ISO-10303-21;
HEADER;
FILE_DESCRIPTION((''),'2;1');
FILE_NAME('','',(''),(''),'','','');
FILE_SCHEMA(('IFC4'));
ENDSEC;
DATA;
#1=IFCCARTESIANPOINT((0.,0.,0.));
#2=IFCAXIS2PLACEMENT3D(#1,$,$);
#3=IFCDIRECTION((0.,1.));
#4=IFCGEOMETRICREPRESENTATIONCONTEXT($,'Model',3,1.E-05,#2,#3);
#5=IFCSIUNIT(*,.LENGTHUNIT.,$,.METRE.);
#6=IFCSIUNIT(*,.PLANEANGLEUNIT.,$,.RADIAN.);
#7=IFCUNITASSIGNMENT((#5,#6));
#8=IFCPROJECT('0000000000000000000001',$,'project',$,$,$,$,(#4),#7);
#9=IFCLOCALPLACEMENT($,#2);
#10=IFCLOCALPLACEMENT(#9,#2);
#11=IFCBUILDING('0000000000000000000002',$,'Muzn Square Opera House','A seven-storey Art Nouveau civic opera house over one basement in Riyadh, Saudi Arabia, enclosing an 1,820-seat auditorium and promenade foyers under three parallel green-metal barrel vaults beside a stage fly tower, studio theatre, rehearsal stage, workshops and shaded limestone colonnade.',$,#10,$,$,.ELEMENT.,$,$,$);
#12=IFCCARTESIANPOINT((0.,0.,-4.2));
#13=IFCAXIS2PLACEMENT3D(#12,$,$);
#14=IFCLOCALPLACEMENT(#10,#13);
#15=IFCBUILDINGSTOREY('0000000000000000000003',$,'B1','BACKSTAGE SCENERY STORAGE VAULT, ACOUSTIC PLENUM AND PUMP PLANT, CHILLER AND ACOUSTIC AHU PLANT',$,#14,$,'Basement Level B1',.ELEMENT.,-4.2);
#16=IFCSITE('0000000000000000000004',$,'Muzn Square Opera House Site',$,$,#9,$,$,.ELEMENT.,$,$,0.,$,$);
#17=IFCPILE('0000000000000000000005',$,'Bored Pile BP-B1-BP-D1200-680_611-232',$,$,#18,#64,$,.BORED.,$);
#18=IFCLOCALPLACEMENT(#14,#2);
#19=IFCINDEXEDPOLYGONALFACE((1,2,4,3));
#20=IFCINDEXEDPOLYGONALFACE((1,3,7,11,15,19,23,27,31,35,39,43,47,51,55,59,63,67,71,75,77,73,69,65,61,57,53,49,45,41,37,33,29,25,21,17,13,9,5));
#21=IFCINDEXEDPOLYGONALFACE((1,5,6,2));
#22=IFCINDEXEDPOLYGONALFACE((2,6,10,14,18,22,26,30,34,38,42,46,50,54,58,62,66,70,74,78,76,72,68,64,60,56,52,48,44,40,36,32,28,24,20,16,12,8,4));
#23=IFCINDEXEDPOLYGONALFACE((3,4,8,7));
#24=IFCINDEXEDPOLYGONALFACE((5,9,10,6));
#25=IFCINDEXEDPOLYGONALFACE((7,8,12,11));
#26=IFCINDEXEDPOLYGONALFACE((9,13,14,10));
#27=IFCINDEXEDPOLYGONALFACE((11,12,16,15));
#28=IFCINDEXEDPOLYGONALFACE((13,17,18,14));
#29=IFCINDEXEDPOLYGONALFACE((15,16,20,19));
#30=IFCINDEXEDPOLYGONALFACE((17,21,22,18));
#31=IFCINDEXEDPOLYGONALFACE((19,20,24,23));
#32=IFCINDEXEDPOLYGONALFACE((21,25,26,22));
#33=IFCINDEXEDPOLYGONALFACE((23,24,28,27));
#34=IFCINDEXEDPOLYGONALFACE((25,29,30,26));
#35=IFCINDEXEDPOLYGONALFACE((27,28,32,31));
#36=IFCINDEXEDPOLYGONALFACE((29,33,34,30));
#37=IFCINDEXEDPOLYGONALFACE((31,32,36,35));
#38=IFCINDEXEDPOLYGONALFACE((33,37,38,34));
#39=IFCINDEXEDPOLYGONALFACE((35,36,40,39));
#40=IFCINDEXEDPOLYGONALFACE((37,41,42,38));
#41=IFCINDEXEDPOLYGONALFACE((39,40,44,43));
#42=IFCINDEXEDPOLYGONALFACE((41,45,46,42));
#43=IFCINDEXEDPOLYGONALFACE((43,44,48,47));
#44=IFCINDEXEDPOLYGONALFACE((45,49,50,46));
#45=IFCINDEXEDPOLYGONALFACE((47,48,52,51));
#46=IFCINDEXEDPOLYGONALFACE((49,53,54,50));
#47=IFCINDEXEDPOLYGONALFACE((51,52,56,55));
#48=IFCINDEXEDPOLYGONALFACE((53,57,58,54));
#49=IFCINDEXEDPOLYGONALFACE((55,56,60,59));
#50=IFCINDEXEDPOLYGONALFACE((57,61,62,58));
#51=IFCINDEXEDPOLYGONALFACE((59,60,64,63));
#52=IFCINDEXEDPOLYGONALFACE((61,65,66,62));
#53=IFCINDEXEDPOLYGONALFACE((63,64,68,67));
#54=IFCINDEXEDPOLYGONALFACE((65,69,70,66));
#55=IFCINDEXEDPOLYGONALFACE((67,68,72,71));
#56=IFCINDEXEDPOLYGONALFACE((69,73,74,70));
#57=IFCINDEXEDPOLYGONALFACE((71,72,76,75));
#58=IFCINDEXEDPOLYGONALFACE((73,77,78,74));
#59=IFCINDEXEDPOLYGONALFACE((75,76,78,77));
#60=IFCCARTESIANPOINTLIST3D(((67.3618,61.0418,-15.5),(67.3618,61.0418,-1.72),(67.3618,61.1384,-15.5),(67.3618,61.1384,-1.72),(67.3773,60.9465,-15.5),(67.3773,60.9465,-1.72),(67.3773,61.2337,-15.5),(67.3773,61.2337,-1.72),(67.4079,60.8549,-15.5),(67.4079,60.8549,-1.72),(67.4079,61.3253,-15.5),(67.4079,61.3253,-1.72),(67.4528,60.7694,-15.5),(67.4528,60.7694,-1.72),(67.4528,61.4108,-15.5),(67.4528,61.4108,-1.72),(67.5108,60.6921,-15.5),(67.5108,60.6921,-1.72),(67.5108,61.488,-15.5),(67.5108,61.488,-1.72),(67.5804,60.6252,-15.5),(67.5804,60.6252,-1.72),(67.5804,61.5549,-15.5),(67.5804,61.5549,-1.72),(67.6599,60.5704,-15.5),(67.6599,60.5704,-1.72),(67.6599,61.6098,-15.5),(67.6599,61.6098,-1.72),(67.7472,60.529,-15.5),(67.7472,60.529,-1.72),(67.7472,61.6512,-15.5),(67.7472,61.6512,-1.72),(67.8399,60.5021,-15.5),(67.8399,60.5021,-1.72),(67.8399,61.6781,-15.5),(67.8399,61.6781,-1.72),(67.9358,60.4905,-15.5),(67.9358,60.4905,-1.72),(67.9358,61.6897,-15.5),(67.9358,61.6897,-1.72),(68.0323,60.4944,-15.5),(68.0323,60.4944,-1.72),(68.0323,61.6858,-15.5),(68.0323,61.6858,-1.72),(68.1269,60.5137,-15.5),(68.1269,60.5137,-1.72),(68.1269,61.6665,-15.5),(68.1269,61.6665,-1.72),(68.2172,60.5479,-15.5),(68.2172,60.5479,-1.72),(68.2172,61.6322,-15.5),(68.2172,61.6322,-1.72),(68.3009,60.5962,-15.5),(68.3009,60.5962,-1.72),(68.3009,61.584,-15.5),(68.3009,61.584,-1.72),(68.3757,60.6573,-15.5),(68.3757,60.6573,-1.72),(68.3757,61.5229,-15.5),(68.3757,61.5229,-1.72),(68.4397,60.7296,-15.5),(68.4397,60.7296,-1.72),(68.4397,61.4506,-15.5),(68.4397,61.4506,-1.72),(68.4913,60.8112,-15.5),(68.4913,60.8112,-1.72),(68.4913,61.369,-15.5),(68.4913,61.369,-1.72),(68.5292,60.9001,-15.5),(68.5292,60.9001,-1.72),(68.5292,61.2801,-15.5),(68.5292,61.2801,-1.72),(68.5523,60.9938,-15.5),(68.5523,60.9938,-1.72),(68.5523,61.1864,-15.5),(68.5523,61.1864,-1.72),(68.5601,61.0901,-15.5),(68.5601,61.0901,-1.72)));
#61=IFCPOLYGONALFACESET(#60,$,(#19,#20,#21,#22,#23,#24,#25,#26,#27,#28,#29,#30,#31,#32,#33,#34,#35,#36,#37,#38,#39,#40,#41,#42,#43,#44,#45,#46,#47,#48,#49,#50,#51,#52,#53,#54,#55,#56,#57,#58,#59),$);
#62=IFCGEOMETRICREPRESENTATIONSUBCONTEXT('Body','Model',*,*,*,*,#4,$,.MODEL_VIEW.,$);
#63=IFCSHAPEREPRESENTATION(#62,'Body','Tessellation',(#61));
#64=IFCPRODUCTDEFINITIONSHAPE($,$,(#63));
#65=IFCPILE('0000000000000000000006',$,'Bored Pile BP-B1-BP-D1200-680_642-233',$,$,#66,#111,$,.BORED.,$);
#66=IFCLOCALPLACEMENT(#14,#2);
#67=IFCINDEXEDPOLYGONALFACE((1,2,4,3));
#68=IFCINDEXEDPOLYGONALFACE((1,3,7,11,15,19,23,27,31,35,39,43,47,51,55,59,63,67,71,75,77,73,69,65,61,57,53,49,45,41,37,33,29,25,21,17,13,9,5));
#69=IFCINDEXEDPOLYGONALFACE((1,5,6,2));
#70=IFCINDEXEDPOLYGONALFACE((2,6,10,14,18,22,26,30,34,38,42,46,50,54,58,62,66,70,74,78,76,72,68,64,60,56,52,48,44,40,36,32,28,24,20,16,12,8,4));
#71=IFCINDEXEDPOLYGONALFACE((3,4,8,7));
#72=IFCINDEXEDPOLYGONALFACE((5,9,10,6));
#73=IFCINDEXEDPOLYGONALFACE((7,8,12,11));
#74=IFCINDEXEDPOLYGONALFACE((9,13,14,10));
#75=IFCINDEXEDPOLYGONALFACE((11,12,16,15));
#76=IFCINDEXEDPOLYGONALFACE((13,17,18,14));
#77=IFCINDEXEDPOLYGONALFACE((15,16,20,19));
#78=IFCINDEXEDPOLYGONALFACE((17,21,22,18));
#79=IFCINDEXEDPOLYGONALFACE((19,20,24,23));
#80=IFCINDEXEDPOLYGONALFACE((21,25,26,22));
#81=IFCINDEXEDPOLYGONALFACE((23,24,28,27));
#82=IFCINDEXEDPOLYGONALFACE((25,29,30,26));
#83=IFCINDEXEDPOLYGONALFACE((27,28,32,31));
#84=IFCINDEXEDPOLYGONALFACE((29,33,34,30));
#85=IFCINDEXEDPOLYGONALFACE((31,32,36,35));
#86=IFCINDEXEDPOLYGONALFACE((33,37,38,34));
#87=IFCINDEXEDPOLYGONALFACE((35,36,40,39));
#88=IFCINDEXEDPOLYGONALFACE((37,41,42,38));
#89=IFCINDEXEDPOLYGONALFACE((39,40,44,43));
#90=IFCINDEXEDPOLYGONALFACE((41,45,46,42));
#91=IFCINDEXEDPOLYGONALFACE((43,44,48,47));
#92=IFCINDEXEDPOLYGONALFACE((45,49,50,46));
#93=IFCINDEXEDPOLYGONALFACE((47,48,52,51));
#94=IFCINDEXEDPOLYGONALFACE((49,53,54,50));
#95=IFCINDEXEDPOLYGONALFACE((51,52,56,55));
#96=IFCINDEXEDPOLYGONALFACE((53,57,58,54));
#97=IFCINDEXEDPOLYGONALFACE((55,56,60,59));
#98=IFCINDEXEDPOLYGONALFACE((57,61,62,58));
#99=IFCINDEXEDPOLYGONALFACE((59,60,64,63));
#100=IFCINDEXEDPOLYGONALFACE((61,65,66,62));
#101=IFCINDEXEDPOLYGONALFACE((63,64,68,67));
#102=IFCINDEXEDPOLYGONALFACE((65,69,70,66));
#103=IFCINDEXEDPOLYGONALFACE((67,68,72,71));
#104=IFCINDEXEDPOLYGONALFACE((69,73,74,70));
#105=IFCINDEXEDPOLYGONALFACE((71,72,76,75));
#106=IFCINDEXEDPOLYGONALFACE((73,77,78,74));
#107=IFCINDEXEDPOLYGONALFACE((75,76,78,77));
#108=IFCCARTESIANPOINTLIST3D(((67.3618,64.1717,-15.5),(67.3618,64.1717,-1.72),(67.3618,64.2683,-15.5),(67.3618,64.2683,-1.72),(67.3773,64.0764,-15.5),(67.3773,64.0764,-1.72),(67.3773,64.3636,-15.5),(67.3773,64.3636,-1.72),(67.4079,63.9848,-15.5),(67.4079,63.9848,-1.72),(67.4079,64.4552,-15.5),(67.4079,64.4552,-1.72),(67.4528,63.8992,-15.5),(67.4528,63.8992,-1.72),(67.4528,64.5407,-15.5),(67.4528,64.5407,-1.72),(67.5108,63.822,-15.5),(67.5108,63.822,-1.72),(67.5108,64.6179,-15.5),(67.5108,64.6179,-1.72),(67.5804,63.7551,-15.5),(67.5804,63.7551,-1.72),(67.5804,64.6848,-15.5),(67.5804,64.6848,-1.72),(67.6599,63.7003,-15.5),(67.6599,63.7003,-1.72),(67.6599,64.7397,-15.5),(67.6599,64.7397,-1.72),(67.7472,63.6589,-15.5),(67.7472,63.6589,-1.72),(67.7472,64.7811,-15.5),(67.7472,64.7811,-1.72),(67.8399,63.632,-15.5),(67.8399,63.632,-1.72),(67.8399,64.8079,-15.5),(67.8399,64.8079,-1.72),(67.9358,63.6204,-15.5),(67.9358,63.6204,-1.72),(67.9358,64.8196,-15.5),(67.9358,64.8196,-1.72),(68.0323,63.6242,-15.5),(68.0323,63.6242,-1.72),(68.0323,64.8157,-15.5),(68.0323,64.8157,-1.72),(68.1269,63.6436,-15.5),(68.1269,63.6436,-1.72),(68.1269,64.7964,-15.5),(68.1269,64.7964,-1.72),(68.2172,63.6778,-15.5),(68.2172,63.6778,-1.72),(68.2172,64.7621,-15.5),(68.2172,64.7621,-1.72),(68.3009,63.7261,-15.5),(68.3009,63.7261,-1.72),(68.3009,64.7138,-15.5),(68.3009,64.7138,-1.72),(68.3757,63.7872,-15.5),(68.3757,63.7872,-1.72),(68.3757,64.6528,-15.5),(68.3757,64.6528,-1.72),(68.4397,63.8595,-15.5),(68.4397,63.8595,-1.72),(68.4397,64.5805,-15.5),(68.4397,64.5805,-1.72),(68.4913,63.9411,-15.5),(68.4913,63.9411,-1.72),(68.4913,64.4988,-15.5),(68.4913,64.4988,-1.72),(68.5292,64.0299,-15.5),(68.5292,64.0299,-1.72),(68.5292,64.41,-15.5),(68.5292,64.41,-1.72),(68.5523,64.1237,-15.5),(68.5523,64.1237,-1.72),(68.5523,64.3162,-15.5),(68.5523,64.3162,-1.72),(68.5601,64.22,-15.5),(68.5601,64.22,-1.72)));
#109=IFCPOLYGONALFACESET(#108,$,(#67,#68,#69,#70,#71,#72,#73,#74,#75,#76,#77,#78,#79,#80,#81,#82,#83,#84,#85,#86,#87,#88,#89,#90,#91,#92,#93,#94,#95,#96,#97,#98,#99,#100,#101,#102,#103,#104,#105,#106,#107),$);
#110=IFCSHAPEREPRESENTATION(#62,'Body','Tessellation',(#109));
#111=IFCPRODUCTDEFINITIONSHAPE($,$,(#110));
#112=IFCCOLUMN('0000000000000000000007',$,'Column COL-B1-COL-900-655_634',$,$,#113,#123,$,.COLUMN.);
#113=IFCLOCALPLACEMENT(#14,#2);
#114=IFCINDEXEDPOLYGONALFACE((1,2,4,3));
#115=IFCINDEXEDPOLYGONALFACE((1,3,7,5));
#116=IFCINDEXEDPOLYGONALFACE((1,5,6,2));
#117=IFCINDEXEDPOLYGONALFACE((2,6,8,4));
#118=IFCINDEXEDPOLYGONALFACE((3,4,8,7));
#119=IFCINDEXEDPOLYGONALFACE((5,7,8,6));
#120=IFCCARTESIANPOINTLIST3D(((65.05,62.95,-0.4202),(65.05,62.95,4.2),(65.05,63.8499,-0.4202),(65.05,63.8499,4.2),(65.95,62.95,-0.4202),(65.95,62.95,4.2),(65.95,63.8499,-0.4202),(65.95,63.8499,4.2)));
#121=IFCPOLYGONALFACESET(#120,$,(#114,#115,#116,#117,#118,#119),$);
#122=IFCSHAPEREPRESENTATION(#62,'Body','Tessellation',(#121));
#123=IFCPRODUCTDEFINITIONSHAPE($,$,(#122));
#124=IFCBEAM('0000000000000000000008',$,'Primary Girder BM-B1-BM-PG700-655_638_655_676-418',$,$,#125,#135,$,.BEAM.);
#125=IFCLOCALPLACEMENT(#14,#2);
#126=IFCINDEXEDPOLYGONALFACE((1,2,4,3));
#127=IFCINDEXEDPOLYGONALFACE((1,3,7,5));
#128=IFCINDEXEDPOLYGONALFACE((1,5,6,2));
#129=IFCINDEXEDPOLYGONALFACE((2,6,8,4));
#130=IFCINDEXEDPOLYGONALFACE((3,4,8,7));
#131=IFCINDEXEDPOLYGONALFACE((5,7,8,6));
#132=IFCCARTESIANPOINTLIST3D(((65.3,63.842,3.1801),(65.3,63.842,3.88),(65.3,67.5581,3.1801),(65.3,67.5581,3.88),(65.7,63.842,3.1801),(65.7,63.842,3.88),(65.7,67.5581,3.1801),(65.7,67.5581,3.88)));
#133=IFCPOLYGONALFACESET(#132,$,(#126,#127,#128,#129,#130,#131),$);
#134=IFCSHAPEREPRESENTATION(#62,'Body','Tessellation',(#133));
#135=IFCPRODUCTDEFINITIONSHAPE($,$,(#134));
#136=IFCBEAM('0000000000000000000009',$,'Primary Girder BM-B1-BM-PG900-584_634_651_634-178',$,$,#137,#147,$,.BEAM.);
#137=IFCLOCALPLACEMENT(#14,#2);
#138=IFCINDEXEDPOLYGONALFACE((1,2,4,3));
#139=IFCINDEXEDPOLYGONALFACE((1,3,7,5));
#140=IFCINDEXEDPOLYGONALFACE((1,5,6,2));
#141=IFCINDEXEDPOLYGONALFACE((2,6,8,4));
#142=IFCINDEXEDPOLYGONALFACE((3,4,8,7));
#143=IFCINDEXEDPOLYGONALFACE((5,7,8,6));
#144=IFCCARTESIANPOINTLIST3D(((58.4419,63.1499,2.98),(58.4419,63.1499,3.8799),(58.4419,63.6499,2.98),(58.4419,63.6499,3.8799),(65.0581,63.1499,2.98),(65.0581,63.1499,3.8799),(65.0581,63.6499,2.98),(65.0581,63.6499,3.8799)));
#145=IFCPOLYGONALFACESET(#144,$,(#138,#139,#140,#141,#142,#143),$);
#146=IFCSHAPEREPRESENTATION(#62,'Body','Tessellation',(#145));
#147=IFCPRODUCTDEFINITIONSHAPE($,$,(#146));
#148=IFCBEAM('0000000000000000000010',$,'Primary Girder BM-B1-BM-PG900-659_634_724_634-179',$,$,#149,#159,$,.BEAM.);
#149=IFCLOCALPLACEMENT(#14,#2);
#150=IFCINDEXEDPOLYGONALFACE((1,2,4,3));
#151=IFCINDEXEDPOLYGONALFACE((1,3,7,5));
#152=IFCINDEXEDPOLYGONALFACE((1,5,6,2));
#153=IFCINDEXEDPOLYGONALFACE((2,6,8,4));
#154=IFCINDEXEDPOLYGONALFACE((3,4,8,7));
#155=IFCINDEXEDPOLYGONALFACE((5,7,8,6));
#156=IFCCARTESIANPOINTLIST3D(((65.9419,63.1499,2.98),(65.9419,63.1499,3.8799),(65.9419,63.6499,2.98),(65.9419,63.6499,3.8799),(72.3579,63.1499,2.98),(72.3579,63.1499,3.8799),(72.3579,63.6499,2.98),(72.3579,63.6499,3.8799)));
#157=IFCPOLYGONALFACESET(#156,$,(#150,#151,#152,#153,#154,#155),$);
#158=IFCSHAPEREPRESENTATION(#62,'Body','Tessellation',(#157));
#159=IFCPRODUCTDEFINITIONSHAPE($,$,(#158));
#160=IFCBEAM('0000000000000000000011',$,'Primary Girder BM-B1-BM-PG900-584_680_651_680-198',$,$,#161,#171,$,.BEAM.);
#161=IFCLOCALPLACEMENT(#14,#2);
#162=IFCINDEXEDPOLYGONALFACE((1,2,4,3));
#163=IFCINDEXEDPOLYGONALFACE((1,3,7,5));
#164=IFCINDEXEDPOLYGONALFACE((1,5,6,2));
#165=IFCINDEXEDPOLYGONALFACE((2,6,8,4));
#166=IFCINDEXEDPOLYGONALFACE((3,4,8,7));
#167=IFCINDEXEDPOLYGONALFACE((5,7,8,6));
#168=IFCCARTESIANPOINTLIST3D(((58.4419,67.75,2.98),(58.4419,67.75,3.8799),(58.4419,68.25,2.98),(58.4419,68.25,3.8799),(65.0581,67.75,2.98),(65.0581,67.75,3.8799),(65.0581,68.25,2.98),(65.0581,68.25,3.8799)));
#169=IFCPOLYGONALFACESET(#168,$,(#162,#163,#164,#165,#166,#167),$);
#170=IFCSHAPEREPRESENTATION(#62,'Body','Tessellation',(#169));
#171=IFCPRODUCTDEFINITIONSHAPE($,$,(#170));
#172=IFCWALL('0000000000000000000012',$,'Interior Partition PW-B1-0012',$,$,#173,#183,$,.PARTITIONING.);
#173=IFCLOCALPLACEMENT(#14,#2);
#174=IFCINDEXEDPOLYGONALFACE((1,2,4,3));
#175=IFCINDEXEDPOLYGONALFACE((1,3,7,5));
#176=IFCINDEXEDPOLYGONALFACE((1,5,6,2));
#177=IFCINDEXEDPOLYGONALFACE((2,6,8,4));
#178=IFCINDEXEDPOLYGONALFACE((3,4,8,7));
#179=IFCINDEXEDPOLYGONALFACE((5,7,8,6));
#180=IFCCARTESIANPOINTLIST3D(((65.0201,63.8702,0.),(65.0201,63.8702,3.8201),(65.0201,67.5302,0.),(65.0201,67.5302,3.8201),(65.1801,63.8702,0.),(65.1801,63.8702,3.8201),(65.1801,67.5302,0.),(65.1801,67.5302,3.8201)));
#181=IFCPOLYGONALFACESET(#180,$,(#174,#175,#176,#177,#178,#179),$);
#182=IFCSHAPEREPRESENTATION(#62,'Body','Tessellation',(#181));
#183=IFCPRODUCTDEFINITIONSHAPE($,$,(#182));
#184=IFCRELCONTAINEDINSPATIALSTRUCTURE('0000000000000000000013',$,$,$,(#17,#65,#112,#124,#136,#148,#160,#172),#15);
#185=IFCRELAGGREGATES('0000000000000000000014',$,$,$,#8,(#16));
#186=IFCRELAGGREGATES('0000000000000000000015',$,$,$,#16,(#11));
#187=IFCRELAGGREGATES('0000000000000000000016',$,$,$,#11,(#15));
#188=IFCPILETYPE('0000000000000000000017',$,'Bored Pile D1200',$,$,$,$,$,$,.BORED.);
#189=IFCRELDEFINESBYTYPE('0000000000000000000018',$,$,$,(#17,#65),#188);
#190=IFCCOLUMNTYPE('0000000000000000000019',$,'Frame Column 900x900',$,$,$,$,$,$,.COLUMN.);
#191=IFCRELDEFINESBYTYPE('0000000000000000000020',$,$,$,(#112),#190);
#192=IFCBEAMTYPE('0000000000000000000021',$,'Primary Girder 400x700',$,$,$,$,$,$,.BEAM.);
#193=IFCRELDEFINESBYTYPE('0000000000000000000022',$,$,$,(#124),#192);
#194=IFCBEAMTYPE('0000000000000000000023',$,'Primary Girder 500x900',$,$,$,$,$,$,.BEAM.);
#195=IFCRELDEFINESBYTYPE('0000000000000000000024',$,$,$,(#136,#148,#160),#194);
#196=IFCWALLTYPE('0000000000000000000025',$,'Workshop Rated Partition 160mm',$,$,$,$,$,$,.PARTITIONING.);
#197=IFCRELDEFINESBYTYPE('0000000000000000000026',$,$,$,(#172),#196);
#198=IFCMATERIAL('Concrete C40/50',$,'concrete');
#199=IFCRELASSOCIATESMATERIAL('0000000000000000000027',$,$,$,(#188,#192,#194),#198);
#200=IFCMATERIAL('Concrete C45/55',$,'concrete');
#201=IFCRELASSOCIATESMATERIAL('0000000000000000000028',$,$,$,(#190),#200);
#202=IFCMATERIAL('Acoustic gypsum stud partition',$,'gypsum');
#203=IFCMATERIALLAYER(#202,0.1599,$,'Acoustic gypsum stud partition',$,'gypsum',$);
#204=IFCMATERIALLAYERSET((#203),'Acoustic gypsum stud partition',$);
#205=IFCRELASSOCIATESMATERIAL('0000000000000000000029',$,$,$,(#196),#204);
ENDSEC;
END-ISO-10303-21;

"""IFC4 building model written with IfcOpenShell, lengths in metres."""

from ifc_helpers import new_model, si_unit, direction, frame, frame_2d, origin, origin_2d, place, context, subcontext, project, spatial, rectangle, circle, extrude, material, layer, layer_set, material_profile, profile_set, type_object, element, save


model = new_model("IFC4")

# Units and contexts
model_context = context("Model", 3, precision=1e-05, world=origin(), true_north=direction((0.0, 1.0)))
body_context = subcontext(model_context, "Body", "Model", "MODEL_VIEW")
ifc_project = project(units=[si_unit("LENGTHUNIT", "METRE"), si_unit("PLANEANGLEUNIT", "RADIAN")], contexts=[model_context])

# Site, building, storey
site_placement = place(None, origin())
site = spatial("IfcSite", under=ifc_project, at=site_placement, Name="Muzn Square Opera House Site", CompositionType="ELEMENT", RefElevation=0.0)
building_placement = place(site_placement, origin())
building = spatial("IfcBuilding", under=site, at=building_placement, Name="Muzn Square Opera House", Description="A seven-storey Art Nouveau civic opera house over one basement in Riyadh, Saudi Arabia, enclosing an 1,820-seat auditorium and promenade foyers under three parallel green-metal barrel vaults beside a stage fly tower, studio theatre, rehearsal stage, workshops and shaded limestone colonnade.", CompositionType="ELEMENT")
storey_placement = place(building_placement, frame((0.0, 0.0, -4.2)))
storey = spatial("IfcBuildingStorey", under=building, at=storey_placement, Name="B1", Description="BACKSTAGE SCENERY STORAGE VAULT, ACOUSTIC PLENUM AND PUMP PLANT, CHILLER AND ACOUSTIC AHU PLANT", LongName="Basement Level B1", CompositionType="ELEMENT", Elevation=-4.2)

# Piles
ifc_material_1 = material(Name="Concrete C40/50", Category="concrete")
ifc_material_profile_1 = material_profile(ifc_material_1, circle(Radius=0.6001, at=origin_2d()), Name="BORED PILE D1200", Category="concrete")
ifc_profile_set_1 = profile_set([ifc_material_profile_1], Name="Concrete C40/50")
pile_type = type_object("IfcPileType", Name="Bored Pile D1200", PredefinedType="BORED", material=ifc_profile_set_1)
for number, where, z_axis, x_axis, name in (
    (1, (67.96, 61.0901, -1.72), (0.0, 0.0, -1.0), (1.0, 0.0, 0.0), "Bored Pile BP-B1-BP-D1200-680_611-232"),
    (2, (67.96, 64.22, -1.72), (0.0, 0.0, -1.0), (1.0, 0.0, 0.0), "Bored Pile BP-B1-BP-D1200-680_642-233"),
):
    element("IfcPile", number, at=place(storey_placement, frame(where, z_axis=z_axis, x_axis=x_axis)), inside=storey, type_object=pile_type, Name=name, PredefinedType="BORED", context=body_context, shape_type="SweptSolid", body=[
        extrude(circle(Radius=0.6001, at=origin_2d()), origin(), (0.0, 0.0, 1.0), 13.78),
    ])

# Column
ifc_material_2 = material(Name="Concrete C45/55", Category="concrete")
ifc_material_profile_2 = material_profile(ifc_material_2, rectangle(XDim=0.8999, YDim=0.8999, at=origin_2d()), Name="RC 900x900", Category="concrete")
ifc_profile_set_2 = profile_set([ifc_material_profile_2], Name="Concrete C45/55")
column_type = type_object("IfcColumnType", Name="Frame Column 900x900", PredefinedType="COLUMN", material=ifc_profile_set_2)
column_placement = place(storey_placement, frame((65.5, 63.3999, -0.4202), z_axis=(0.0, 0.0, 1.0), x_axis=(1.0, 0.0, 0.0)))
element("IfcColumn", 3, at=column_placement, inside=storey, type_object=column_type, Name="Column COL-B1-COL-900-655_634", PredefinedType="COLUMN", context=body_context, shape_type="SweptSolid", body=[
    extrude(rectangle(XDim=0.8999, YDim=0.8999, at=origin_2d()), origin(), (0.0, 0.0, 1.0), 4.6201),
])

# Beams
ifc_material_profile_3 = material_profile(ifc_material_1, rectangle(XDim=0.3999, YDim=0.7, at=origin_2d()), Name="RCB 400x700", Category="concrete")
ifc_profile_set_3 = profile_set([ifc_material_profile_3], Name="Concrete C40/50")
beam_type_1 = type_object("IfcBeamType", Name="Primary Girder 400x700", PredefinedType="BEAM", material=ifc_profile_set_3)
beam_1_placement = place(storey_placement, frame((65.5, 63.842, 3.53), z_axis=(0.0, 1.0, 0.0), x_axis=(-1.0, 0.0, 0.0)))
element("IfcBeam", 4, at=beam_1_placement, inside=storey, type_object=beam_type_1, Name="Primary Girder BM-B1-BM-PG700-655_638_655_676-418", PredefinedType="BEAM", context=body_context, shape_type="SweptSolid", body=[
    extrude(rectangle(XDim=0.3999, YDim=0.7, at=origin_2d()), origin(), (0.0, 0.0, 1.0), 3.7161),
])
ifc_material_profile_4 = material_profile(ifc_material_1, rectangle(XDim=0.5, YDim=0.8999, at=origin_2d()), Name="RCB 500x900", Category="concrete")
ifc_profile_set_4 = profile_set([ifc_material_profile_4], Name="Concrete C40/50")
beam_type_2 = type_object("IfcBeamType", Name="Primary Girder 500x900", PredefinedType="BEAM", material=ifc_profile_set_4)
beam_2_placement = place(storey_placement, frame((58.4419, 63.3999, 3.4299), z_axis=(1.0, 0.0, 0.0), x_axis=(0.0, 1.0, 0.0)))
element("IfcBeam", 5, at=beam_2_placement, inside=storey, type_object=beam_type_2, Name="Primary Girder BM-B1-BM-PG900-584_634_651_634-178", PredefinedType="BEAM", context=body_context, shape_type="SweptSolid", body=[
    extrude(rectangle(XDim=0.5, YDim=0.8999, at=origin_2d()), origin(), (0.0, 0.0, 1.0), 6.6162),
])
beam_3_placement = place(storey_placement, frame((65.9419, 63.3999, 3.4299), z_axis=(1.0, 0.0, 0.0), x_axis=(0.0, 1.0, 0.0)))
element("IfcBeam", 6, at=beam_3_placement, inside=storey, type_object=beam_type_2, Name="Primary Girder BM-B1-BM-PG900-659_634_724_634-179", PredefinedType="BEAM", context=body_context, shape_type="SweptSolid", body=[
    extrude(rectangle(XDim=0.5, YDim=0.8999, at=origin_2d()), origin(), (0.0, 0.0, 1.0), 6.416),
])
beam_4_placement = place(storey_placement, frame((58.4419, 68.0, 3.4299), z_axis=(1.0, 0.0, 0.0), x_axis=(0.0, 1.0, 0.0)))
element("IfcBeam", 7, at=beam_4_placement, inside=storey, type_object=beam_type_2, Name="Primary Girder BM-B1-BM-PG900-584_680_651_680-198", PredefinedType="BEAM", context=body_context, shape_type="SweptSolid", body=[
    extrude(rectangle(XDim=0.5, YDim=0.8999, at=origin_2d()), origin(), (0.0, 0.0, 1.0), 6.6162),
])

# Wall
ifc_material_3 = material(Name="Acoustic gypsum stud partition", Category="gypsum")
ifc_layer = layer(ifc_material_3, 0.1599, Name="Acoustic gypsum stud partition", Category="gypsum")
ifc_layer_set = layer_set([ifc_layer], Name="Acoustic gypsum stud partition")
wall_type = type_object("IfcWallType", Name="Workshop Rated Partition 160mm", PredefinedType="PARTITIONING", material=ifc_layer_set)
wall_placement = place(storey_placement, frame((65.1001, 63.8701, 0.0), z_axis=(0.0, 0.0, 1.0), x_axis=(0.0, 1.0, 0.0)))
element("IfcWall", 8, at=wall_placement, inside=storey, type_object=wall_type, Name="Interior Partition PW-B1-0012", PredefinedType="PARTITIONING", context=body_context, shape_type="SweptSolid", body=[
    extrude(rectangle(XDim=3.6599, YDim=0.1599, at=frame_2d((1.8301, 0.0))), origin(), (0.0, 0.0, 1.0), 3.8201),
])

save(model, "model.ifc")
